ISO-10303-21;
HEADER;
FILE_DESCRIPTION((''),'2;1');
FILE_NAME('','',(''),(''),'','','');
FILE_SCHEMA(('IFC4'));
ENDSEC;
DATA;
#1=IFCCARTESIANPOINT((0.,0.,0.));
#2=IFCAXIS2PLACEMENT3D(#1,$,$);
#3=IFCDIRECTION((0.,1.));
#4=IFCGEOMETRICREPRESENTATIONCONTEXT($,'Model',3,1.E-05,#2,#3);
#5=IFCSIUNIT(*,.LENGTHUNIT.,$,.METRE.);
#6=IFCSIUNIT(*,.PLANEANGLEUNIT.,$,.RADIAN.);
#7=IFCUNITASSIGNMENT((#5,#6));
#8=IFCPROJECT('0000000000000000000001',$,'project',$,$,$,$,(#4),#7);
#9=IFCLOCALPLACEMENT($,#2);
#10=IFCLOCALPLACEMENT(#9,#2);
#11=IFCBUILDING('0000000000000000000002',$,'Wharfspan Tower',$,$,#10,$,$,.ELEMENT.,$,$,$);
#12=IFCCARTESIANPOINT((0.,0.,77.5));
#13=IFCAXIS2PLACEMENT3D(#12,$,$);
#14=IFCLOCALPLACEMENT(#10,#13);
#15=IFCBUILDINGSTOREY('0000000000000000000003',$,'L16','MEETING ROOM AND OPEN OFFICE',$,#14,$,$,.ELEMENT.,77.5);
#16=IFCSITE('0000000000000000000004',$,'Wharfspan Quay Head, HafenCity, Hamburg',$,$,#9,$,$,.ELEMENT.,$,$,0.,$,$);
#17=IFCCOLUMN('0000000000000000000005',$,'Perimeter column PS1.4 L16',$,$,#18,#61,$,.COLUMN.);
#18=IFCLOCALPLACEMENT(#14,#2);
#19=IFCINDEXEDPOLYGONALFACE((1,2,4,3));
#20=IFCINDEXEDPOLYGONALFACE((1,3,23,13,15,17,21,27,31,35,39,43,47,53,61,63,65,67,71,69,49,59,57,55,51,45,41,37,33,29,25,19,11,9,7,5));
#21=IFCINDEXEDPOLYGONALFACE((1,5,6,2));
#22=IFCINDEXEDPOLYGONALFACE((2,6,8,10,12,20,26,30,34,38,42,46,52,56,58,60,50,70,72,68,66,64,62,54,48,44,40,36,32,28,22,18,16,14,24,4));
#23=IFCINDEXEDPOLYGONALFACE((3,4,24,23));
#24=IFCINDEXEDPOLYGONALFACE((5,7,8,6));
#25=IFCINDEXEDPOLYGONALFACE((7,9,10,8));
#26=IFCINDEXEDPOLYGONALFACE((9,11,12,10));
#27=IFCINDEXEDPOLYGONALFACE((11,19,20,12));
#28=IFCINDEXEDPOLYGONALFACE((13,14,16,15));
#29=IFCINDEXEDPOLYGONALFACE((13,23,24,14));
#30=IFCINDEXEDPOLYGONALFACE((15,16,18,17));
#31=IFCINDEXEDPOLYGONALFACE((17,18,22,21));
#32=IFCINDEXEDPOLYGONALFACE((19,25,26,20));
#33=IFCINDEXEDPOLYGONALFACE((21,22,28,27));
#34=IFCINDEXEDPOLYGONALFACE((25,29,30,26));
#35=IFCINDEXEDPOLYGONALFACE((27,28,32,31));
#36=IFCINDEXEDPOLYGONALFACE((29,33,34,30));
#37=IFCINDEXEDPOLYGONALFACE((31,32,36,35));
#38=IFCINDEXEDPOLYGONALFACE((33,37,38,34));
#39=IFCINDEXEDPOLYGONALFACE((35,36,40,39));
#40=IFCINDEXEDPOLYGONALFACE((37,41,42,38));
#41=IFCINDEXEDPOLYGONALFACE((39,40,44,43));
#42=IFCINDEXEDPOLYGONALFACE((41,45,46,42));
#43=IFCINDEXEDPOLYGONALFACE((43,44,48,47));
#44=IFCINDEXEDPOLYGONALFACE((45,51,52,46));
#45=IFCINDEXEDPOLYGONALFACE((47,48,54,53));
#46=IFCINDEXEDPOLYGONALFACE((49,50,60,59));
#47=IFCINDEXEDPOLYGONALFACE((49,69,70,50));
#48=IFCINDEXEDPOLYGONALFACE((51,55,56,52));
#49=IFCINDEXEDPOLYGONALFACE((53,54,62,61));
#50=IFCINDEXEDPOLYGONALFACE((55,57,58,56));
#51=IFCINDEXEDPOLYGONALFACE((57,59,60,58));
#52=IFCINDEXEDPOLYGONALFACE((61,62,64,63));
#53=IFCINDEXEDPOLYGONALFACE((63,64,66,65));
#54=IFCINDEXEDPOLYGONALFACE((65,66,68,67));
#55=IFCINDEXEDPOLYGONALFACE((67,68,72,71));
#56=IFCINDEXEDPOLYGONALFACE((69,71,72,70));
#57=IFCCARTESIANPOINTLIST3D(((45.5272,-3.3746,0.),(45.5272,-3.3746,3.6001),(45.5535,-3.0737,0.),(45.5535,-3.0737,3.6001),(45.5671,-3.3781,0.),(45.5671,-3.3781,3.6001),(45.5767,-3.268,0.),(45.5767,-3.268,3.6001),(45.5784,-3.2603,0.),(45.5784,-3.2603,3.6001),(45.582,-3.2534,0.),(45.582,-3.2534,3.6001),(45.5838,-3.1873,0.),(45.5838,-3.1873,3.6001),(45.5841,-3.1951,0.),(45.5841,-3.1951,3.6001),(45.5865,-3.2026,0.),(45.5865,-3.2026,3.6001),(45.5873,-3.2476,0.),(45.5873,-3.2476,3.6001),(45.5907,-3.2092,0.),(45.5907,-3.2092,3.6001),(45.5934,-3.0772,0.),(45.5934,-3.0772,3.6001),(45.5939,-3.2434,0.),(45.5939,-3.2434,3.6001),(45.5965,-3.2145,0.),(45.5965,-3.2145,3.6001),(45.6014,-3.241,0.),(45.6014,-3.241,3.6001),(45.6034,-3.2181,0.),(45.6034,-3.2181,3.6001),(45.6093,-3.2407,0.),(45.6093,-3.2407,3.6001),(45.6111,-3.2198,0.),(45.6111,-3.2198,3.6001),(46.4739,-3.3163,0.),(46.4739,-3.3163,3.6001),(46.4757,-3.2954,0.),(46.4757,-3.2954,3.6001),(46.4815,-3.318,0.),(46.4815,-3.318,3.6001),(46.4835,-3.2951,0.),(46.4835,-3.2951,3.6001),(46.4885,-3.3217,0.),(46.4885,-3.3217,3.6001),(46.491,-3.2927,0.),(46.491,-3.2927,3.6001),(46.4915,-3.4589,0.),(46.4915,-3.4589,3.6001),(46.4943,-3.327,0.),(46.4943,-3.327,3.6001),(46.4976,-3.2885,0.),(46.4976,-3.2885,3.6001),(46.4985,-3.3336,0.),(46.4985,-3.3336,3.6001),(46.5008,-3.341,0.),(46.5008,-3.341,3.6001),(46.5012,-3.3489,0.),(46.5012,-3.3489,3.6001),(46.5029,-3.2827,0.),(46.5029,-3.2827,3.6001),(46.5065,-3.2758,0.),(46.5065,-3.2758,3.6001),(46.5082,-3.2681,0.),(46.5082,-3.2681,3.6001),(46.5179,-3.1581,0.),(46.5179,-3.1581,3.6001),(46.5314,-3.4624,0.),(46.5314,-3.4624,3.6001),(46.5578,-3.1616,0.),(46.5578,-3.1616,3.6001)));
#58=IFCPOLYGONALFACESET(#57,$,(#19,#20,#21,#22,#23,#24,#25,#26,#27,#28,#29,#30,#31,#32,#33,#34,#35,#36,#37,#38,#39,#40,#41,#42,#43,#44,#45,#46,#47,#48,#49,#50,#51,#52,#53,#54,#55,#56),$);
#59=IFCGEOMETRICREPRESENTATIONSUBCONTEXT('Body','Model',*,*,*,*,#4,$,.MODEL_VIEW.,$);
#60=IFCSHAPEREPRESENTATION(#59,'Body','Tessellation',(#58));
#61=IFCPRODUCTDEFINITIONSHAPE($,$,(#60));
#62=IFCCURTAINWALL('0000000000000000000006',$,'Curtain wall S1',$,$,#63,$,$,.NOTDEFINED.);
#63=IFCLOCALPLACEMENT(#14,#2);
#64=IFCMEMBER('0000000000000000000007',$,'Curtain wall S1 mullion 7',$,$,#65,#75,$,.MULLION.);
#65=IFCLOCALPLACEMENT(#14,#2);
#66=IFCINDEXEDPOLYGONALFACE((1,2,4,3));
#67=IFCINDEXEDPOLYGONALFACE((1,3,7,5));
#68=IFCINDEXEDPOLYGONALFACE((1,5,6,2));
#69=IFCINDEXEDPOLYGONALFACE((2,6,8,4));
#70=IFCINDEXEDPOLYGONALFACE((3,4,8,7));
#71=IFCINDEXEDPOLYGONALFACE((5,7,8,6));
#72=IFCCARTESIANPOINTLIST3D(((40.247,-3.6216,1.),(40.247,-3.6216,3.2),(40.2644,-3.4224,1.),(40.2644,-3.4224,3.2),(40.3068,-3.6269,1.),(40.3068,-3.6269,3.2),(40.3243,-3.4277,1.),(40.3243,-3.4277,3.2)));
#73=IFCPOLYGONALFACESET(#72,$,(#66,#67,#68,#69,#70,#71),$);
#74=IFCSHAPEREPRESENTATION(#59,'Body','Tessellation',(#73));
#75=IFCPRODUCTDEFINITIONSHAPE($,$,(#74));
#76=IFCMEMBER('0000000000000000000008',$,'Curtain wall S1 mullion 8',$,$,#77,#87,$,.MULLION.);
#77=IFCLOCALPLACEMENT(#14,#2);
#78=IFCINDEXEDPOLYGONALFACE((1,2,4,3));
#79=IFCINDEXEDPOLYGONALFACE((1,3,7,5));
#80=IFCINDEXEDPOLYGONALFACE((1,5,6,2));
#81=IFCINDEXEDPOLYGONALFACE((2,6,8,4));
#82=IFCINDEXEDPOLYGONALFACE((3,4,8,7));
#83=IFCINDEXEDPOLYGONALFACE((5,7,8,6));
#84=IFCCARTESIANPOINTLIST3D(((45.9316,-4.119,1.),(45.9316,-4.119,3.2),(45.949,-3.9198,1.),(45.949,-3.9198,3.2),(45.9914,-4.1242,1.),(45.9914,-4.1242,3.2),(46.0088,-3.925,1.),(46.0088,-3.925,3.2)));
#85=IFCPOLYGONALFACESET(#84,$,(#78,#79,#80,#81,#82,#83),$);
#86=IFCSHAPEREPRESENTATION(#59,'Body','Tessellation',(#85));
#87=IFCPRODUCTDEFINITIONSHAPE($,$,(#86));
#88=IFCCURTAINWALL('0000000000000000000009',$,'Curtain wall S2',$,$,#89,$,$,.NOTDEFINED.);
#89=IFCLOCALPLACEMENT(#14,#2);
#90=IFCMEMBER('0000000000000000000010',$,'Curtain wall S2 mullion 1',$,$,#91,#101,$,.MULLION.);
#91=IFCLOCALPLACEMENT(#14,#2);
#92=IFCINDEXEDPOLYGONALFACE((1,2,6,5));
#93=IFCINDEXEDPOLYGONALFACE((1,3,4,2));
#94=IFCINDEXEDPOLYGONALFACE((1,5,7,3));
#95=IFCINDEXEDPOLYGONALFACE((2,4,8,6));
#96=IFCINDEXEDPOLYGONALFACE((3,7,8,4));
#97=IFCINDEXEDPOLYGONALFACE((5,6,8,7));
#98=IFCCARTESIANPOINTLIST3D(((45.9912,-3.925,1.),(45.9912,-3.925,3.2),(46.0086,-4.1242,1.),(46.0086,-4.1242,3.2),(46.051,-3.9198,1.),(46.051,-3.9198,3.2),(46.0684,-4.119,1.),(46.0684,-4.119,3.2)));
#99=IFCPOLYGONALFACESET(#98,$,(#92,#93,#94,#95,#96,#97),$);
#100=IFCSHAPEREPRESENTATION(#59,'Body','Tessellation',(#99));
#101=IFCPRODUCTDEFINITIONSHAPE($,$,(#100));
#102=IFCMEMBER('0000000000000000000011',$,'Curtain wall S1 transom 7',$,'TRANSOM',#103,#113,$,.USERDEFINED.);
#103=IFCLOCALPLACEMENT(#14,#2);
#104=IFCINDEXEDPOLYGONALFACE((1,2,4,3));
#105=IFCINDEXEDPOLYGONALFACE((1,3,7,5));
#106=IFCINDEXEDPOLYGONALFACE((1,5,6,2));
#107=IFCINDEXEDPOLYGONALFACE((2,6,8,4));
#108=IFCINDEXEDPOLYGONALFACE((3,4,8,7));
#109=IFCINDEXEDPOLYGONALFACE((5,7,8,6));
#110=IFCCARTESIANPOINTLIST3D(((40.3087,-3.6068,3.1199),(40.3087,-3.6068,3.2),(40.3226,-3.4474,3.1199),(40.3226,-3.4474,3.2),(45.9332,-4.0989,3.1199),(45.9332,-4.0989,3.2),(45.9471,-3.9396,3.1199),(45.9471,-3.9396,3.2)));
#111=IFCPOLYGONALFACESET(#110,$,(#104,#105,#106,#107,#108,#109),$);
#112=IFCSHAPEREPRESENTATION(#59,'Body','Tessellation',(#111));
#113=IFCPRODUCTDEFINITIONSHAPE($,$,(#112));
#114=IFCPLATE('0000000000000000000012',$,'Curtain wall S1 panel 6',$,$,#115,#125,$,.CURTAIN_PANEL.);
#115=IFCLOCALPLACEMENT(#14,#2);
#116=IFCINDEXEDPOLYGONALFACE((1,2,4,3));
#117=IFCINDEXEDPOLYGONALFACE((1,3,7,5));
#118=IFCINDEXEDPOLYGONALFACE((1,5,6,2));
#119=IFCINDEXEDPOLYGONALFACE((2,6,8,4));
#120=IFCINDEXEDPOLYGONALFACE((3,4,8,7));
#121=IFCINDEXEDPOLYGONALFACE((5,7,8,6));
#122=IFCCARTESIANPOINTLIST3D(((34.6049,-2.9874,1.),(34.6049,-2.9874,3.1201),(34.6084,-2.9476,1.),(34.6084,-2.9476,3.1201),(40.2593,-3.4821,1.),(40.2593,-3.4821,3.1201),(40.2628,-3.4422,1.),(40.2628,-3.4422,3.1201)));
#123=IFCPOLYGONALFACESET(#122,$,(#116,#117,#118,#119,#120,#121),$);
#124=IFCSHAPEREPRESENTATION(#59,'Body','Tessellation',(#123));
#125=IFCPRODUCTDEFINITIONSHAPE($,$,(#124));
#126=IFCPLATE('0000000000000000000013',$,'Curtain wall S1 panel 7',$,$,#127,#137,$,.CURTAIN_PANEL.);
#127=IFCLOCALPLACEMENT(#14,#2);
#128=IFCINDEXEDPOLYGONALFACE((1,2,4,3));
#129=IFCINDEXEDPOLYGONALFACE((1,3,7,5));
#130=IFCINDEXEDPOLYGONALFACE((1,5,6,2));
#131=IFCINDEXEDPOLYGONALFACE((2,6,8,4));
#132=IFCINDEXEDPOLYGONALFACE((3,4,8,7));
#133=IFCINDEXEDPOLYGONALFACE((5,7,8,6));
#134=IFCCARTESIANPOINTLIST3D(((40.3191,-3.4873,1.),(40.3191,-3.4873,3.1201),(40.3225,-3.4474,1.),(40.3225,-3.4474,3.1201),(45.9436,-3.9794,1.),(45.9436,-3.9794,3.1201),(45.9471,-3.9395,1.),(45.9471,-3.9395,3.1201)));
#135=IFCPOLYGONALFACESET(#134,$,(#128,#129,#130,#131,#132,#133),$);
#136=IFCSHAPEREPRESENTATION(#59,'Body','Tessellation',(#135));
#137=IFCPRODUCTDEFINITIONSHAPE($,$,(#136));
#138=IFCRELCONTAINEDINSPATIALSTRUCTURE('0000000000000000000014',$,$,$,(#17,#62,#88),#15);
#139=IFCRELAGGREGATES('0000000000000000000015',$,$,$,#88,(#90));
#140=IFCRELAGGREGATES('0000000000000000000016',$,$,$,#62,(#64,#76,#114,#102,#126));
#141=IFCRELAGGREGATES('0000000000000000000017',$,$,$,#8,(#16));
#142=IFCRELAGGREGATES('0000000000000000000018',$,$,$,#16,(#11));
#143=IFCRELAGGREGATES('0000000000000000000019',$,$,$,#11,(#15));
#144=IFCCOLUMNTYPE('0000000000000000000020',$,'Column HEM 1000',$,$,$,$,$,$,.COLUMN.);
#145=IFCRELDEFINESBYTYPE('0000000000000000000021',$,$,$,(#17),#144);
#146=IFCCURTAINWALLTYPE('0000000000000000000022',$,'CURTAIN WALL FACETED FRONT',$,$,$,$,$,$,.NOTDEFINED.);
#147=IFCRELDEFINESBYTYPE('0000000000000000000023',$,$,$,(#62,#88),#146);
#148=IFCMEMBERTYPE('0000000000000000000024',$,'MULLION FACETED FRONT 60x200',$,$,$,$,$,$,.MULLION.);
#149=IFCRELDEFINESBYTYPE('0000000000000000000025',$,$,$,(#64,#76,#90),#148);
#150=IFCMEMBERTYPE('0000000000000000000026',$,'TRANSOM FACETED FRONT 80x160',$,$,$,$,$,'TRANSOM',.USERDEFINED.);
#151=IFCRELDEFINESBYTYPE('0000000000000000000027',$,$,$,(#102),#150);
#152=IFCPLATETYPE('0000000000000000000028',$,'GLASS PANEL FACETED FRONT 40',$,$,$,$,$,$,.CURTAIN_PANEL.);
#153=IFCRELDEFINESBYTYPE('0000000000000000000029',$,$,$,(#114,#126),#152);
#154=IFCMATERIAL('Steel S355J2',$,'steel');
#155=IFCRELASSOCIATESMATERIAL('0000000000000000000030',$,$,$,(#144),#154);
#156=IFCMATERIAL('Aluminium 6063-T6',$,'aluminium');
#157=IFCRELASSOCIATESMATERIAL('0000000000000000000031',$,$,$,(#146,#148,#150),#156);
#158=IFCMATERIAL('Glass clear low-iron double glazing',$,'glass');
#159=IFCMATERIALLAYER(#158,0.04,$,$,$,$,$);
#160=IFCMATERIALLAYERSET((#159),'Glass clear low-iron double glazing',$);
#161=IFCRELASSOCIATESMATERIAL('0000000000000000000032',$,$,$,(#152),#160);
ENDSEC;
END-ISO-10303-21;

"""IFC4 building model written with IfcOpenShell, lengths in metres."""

from ifc_helpers import new_model, si_unit, direction, frame, origin, origin_2d, place, context, subcontext, project, spatial, rectangle, i_section, extrude, material, layer, layer_set, material_profile, profile_set, type_object, element, aggregate, save


model = new_model("IFC4")

# Units and contexts
model_context = context("Model", 3, precision=1e-05, world=origin(), true_north=direction((0.0, 1.0)))
body_context = subcontext(model_context, "Body", "Model", "MODEL_VIEW")
ifc_project = project(units=[si_unit("LENGTHUNIT", "METRE"), si_unit("PLANEANGLEUNIT", "RADIAN")], contexts=[model_context])

# Site, building, storey
site_placement = place(None, origin())
site = spatial("IfcSite", under=ifc_project, at=site_placement, Name="Wharfspan Quay Head, HafenCity, Hamburg", CompositionType="ELEMENT", RefElevation=0.0)
building_placement = place(site_placement, origin())
building = spatial("IfcBuilding", under=site, at=building_placement, Name="Wharfspan Tower", CompositionType="ELEMENT")
storey_placement = place(building_placement, frame((0.0, 0.0, 77.5)))
storey = spatial("IfcBuildingStorey", under=building, at=storey_placement, Name="L16", Description="MEETING ROOM AND OPEN OFFICE", CompositionType="ELEMENT", Elevation=77.5)

# Column
ifc_material_1 = material(Name="Steel S355J2", Category="steel")
ifc_material_profile_1 = material_profile(ifc_material_1, i_section(OverallWidth=0.302, OverallDepth=1.0081, WebThickness=0.021, FlangeThickness=0.04, FilletRadius=0.03, at=origin_2d()))
ifc_profile_set_1 = profile_set([ifc_material_profile_1], Name="Steel S355J2")
column_type = type_object("IfcColumnType", Name="Column HEM 1000", PredefinedType="COLUMN", material=ifc_profile_set_1)
column_placement = place(storey_placement, frame((46.0425, -3.2681, 0.0), z_axis=(0.0, 0.0, 1.0), x_axis=(-0.087156, -0.996198, 0.0)))
element("IfcColumn", 1, at=column_placement, inside=storey, type_object=column_type, Name="Perimeter column PS1.4 L16", PredefinedType="COLUMN", context=body_context, shape_type="SweptSolid", body=[
    extrude(i_section(OverallWidth=0.302, OverallDepth=1.0081, WebThickness=0.021, FlangeThickness=0.04, FilletRadius=0.03, at=origin_2d()), origin(), (0.0, 0.0, 1.0), 3.6001),
])

# Curtain wall, members
ifc_material_2 = material(Name="Aluminium 6063-T6", Category="aluminium")
curtain_wall_type = type_object("IfcCurtainWallType", Name="CURTAIN WALL FACETED FRONT", PredefinedType="NOTDEFINED", material=ifc_material_2)
curtain_wall_1_placement = place(storey_placement, origin())
curtain_wall_1 = element("IfcCurtainWall", 2, at=curtain_wall_1_placement, inside=storey, type_object=curtain_wall_type, Name="Curtain wall S1", PredefinedType="NOTDEFINED")
ifc_material_profile_2 = material_profile(ifc_material_2, rectangle(XDim=0.2, YDim=0.0601, at=origin_2d()))
ifc_profile_set_2 = profile_set([ifc_material_profile_2], Name="Aluminium 6063-T6")
member_type_1 = type_object("IfcMemberType", Name="MULLION FACETED FRONT 60x200", PredefinedType="MULLION", material=ifc_profile_set_2)
member_1_placement = place(storey_placement, frame((40.2856, -3.5247, 1.0), z_axis=(0.0, 0.0, 1.0), x_axis=(0.087156, 0.996197, 0.0)))
member_1 = element("IfcMember", 3, at=member_1_placement, type_object=member_type_1, Name="Curtain wall S1 mullion 7", PredefinedType="MULLION", context=body_context, shape_type="SweptSolid", body=[
    extrude(rectangle(XDim=0.2, YDim=0.0601, at=origin_2d()), origin(), (0.0, 0.0, 1.0), 2.2),
])
member_2_placement = place(storey_placement, frame((45.9702, -4.022, 1.0), z_axis=(0.0, 0.0, 1.0), x_axis=(0.087156, 0.996197, 0.0)))
member_2 = element("IfcMember", 4, at=member_2_placement, type_object=member_type_1, Name="Curtain wall S1 mullion 8", PredefinedType="MULLION", context=body_context, shape_type="SweptSolid", body=[
    extrude(rectangle(XDim=0.2, YDim=0.0601, at=origin_2d()), origin(), (0.0, 0.0, 1.0), 2.2),
])

# Curtain wall, member
curtain_wall_2_placement = place(storey_placement, origin())
curtain_wall_2 = element("IfcCurtainWall", 5, at=curtain_wall_2_placement, inside=storey, type_object=curtain_wall_type, Name="Curtain wall S2", PredefinedType="NOTDEFINED")
member_3_placement = place(storey_placement, frame((46.0298, -4.022, 1.0), z_axis=(0.0, 0.0, 1.0), x_axis=(-0.087156, 0.996197, 0.0)))
member_3 = element("IfcMember", 6, at=member_3_placement, type_object=member_type_1, Name="Curtain wall S2 mullion 1", PredefinedType="MULLION", context=body_context, shape_type="SweptSolid", body=[
    extrude(rectangle(XDim=0.2, YDim=0.0601, at=origin_2d()), origin(), (0.0, 0.0, 1.0), 2.2),
])
aggregate(curtain_wall_2, [member_3])

# Member
ifc_material_profile_3 = material_profile(ifc_material_2, rectangle(XDim=0.1599, YDim=0.0801, at=origin_2d()))
ifc_profile_set_3 = profile_set([ifc_material_profile_3], Name="Aluminium 6063-T6")
member_type_2 = type_object("IfcMemberType", Name="TRANSOM FACETED FRONT 80x160", ElementType="TRANSOM", PredefinedType="USERDEFINED", material=ifc_profile_set_3)
member_4_placement = place(storey_placement, frame((40.3157, -3.5271, 3.1599), z_axis=(0.996193, -0.087174, 0.0), x_axis=(0.087174, 0.996193, 0.0)))
member_4 = element("IfcMember", 7, at=member_4_placement, type_object=member_type_2, Name="Curtain wall S1 transom 7", ObjectType="TRANSOM", PredefinedType="USERDEFINED", context=body_context, shape_type="SweptSolid", body=[
    extrude(rectangle(XDim=0.1599, YDim=0.0801, at=origin_2d()), origin(), (0.0, 0.0, 1.0), 5.646),
])

# Plates
ifc_material_3 = material(Name="Glass clear low-iron double glazing", Category="glass")
ifc_layer_1 = layer(ifc_material_3, 0.04)
ifc_layer_set_1 = layer_set([ifc_layer_1], Name="Glass clear low-iron double glazing")
plate_type = type_object("IfcPlateType", Name="GLASS PANEL FACETED FRONT 40", PredefinedType="CURTAIN_PANEL", material=ifc_layer_set_1)
plate_1_placement = place(storey_placement, frame((37.4338, -3.2148, 1.0), z_axis=(0.0, 0.0, 1.0), x_axis=(0.996197, -0.087156, 0.0)))
plate_1 = element("IfcPlate", 8, at=plate_1_placement, type_object=plate_type, Name="Curtain wall S1 panel 6", PredefinedType="CURTAIN_PANEL", context=body_context, shape_type="SweptSolid", body=[
    extrude(rectangle(XDim=5.676, YDim=0.04, at=origin_2d()), origin(), (0.0, 0.0, 1.0), 2.1201),
])
plate_2_placement = place(storey_placement, frame((43.1331, -3.7134, 1.0), z_axis=(0.0, 0.0, 1.0), x_axis=(0.996197, -0.087156, 0.0)))
plate_2 = element("IfcPlate", 9, at=plate_2_placement, type_object=plate_type, Name="Curtain wall S1 panel 7", PredefinedType="CURTAIN_PANEL", context=body_context, shape_type="SweptSolid", body=[
    extrude(rectangle(XDim=5.646, YDim=0.04, at=origin_2d()), origin(), (0.0, 0.0, 1.0), 2.1201),
])
aggregate(curtain_wall_1, [member_1, member_2, plate_1, member_4, plate_2])

save(model, "model.ifc")
